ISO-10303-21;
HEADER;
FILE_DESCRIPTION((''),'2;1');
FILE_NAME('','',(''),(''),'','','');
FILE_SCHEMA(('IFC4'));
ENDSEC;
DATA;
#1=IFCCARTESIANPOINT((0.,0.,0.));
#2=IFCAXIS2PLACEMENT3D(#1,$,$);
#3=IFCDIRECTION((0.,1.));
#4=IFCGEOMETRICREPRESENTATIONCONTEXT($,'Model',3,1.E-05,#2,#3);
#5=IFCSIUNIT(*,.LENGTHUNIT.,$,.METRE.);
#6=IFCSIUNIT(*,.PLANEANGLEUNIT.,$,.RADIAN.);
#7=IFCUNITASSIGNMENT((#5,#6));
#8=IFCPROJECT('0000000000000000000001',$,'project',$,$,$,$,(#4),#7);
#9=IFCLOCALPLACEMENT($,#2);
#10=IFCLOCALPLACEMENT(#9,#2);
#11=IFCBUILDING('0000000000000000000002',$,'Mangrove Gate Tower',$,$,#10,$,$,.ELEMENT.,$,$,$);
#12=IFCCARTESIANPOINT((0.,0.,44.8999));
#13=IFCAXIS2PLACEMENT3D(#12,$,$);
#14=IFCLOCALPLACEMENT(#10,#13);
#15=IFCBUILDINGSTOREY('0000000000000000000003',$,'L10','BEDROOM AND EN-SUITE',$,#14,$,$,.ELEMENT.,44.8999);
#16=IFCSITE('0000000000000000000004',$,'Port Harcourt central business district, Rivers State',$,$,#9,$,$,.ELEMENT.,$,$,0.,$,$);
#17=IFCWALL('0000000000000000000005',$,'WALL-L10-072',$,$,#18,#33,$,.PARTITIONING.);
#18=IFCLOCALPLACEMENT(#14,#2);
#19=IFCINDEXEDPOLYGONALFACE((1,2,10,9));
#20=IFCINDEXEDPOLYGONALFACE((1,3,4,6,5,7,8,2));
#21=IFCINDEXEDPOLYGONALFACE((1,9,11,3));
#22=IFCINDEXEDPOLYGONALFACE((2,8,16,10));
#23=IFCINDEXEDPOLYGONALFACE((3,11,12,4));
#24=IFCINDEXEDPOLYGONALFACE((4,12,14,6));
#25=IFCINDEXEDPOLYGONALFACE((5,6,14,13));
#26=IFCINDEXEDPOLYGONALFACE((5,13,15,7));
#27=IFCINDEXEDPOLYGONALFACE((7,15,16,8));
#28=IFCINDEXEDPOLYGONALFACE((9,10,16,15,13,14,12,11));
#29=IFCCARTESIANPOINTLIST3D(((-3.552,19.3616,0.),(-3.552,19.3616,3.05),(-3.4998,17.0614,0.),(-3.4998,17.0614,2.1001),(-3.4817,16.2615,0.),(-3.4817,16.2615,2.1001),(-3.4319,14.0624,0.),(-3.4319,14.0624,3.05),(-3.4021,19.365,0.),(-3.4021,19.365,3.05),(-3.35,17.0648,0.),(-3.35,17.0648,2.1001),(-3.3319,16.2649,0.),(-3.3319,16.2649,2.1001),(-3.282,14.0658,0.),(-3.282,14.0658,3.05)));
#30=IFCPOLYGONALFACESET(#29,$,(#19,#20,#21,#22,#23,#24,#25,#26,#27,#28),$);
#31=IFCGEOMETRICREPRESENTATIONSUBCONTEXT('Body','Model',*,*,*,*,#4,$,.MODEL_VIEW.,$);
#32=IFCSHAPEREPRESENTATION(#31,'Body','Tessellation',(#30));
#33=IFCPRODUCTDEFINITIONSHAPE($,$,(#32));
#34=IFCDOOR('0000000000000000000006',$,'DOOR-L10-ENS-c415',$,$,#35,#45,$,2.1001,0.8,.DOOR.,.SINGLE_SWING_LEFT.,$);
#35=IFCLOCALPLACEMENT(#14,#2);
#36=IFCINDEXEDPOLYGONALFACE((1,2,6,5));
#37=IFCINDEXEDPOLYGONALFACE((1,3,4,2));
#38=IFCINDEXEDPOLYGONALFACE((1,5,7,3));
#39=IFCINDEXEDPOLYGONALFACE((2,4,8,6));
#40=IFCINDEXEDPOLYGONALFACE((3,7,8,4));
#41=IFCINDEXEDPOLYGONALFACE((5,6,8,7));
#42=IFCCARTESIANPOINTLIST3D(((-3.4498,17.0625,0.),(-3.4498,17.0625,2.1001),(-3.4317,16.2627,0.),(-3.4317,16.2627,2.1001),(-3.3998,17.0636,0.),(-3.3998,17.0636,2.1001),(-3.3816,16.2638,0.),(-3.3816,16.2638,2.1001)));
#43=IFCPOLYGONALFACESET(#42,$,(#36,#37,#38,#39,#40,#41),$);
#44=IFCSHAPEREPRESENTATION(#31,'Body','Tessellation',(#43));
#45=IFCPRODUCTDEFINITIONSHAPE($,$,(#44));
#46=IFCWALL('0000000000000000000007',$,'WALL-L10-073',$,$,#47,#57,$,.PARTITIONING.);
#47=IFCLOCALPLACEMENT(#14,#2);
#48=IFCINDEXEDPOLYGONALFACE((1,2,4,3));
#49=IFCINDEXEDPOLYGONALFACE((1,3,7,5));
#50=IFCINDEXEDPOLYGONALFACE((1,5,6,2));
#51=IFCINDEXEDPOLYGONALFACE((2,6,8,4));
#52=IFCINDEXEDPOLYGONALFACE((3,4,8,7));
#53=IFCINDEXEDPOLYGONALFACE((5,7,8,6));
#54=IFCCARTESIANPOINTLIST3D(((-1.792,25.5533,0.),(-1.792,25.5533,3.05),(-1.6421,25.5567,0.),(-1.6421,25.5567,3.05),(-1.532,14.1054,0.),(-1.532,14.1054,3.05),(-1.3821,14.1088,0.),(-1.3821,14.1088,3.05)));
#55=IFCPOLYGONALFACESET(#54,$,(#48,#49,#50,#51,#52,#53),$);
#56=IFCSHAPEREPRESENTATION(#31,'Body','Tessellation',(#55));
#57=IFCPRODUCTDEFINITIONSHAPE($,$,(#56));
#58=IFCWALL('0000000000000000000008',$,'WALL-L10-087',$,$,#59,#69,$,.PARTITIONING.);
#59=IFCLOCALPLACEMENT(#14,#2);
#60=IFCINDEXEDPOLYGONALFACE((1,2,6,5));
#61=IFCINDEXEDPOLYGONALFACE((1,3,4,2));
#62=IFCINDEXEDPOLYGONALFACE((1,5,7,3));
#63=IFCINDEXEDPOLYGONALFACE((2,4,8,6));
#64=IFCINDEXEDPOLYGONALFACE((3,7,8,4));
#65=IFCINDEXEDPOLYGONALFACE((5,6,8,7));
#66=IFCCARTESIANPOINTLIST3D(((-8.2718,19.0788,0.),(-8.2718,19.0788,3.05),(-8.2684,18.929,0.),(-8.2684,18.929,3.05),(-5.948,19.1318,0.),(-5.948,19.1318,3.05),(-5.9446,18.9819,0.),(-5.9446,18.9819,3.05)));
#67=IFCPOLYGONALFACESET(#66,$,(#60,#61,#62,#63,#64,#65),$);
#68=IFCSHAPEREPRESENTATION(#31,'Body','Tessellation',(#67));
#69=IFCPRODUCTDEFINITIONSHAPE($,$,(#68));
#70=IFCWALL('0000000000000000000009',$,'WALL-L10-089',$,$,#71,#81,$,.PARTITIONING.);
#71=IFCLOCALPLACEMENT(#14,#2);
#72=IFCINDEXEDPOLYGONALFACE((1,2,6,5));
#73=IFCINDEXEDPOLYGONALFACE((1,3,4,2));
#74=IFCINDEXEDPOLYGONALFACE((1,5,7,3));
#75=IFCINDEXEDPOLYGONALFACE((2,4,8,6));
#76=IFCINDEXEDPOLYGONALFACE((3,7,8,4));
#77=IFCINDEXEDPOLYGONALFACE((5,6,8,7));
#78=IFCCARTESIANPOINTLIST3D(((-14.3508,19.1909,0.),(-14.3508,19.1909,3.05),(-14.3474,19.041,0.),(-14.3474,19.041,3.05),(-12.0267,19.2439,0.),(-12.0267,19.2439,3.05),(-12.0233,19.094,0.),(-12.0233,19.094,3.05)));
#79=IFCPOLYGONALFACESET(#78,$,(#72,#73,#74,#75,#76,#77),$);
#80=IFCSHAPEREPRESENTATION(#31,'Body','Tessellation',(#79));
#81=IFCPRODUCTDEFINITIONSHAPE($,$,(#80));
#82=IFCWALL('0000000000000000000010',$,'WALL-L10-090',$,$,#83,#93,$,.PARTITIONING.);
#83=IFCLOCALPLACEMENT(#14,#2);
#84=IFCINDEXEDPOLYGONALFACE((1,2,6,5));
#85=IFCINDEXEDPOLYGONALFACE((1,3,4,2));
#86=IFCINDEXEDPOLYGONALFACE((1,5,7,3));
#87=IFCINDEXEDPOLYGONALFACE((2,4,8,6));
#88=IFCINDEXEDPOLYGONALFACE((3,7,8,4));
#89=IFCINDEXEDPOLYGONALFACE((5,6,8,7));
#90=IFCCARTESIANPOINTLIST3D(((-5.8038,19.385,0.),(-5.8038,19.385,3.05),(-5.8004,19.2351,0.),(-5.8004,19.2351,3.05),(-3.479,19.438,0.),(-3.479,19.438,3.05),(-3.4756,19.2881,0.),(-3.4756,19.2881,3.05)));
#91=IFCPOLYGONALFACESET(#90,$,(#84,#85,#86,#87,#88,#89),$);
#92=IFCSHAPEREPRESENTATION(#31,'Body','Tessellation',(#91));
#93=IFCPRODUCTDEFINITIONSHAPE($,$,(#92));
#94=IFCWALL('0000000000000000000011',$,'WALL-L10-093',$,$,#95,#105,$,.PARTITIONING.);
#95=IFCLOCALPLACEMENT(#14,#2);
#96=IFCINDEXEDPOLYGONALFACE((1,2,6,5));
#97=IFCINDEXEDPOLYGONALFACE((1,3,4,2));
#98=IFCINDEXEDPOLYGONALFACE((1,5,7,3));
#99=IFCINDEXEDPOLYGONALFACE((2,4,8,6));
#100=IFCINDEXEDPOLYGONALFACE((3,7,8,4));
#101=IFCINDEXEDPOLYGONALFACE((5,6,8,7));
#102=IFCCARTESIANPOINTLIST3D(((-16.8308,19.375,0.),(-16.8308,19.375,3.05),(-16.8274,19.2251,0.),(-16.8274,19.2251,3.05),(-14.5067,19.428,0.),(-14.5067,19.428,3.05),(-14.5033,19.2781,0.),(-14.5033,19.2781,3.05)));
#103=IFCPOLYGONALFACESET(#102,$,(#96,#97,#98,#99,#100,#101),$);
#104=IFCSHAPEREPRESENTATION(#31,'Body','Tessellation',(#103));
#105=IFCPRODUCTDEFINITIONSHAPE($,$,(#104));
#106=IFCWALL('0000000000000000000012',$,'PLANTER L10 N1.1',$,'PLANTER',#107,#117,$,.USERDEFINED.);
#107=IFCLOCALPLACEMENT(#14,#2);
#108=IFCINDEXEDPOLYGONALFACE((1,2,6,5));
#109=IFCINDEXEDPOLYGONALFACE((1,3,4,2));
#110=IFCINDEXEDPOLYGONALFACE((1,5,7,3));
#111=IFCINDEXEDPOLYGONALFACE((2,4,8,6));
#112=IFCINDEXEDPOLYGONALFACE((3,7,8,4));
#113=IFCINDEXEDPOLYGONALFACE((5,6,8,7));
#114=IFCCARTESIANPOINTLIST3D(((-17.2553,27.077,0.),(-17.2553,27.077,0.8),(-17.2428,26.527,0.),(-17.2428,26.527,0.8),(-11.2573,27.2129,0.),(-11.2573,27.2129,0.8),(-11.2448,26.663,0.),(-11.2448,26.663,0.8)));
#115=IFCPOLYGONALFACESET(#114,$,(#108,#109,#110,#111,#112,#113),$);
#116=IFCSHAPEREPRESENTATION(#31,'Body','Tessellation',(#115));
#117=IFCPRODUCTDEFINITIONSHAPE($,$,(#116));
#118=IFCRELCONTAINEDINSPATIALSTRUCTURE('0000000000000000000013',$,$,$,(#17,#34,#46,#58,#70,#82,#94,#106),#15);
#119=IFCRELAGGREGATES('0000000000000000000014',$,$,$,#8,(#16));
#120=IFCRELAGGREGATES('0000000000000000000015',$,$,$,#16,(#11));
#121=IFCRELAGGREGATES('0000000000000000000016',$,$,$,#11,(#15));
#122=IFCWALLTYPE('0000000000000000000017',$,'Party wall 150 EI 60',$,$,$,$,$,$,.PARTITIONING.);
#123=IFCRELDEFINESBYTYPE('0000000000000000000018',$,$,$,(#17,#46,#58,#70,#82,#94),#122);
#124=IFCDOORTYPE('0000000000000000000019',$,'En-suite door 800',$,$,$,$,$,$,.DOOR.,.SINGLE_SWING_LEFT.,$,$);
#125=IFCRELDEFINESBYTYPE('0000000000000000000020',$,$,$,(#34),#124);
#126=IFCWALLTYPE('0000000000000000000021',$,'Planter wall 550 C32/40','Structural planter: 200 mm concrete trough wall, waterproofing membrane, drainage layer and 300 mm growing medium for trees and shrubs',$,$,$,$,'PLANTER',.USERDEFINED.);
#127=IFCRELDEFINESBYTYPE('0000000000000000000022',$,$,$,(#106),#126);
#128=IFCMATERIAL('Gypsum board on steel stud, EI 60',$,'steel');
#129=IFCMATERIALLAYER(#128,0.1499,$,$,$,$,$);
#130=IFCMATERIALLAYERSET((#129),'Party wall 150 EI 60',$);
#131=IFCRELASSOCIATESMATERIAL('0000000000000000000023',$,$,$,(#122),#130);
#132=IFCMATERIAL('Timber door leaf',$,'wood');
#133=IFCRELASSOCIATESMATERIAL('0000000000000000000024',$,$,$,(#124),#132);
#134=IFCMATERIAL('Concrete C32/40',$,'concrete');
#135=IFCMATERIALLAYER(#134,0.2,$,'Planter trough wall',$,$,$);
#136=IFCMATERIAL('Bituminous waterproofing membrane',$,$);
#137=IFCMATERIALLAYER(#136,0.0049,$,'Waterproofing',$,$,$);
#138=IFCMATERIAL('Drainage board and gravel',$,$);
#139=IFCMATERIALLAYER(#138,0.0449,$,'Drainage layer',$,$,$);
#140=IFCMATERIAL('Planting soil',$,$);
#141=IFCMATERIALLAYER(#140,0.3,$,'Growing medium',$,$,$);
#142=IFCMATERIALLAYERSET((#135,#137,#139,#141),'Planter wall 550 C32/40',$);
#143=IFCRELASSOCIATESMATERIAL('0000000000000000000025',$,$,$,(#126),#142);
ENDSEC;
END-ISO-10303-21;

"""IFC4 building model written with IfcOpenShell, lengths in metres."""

from ifc_helpers import new_model, si_unit, direction, frame, frame_2d, origin, place, context, subcontext, project, spatial, rectangle, extrude, material, layer, layer_set, type_object, element, fill, save


model = new_model("IFC4")

# Units and contexts
model_context = context("Model", 3, precision=1e-05, world=origin(), true_north=direction((0.0, 1.0)))
body_context = subcontext(model_context, "Body", "Model", "MODEL_VIEW")
ifc_project = project(units=[si_unit("LENGTHUNIT", "METRE"), si_unit("PLANEANGLEUNIT", "RADIAN")], contexts=[model_context])

# Site, building, storey
site_placement = place(None, origin())
site = spatial("IfcSite", under=ifc_project, at=site_placement, Name="Port Harcourt central business district, Rivers State", CompositionType="ELEMENT", RefElevation=0.0)
building_placement = place(site_placement, origin())
building = spatial("IfcBuilding", under=site, at=building_placement, Name="Mangrove Gate Tower", CompositionType="ELEMENT")
storey_placement = place(building_placement, frame((0.0, 0.0, 44.8999)))
storey = spatial("IfcBuildingStorey", under=building, at=storey_placement, Name="L10", Description="BEDROOM AND EN-SUITE", CompositionType="ELEMENT", Elevation=44.8999)

# Shared definitions
ifc_material_1 = material(Name="Gypsum board on steel stud, EI 60", Category="steel")
ifc_layer_1 = layer(ifc_material_1, 0.1499)
ifc_layer_set_1 = layer_set([ifc_layer_1], Name="Party wall 150 EI 60")
wall_type_1 = type_object("IfcWallType", Name="Party wall 150 EI 60", PredefinedType="PARTITIONING", material=ifc_layer_set_1)

# Shared definitions
ifc_material_2 = material(Name="Timber door leaf", Category="wood")
door_type = type_object("IfcDoorType", Name="En-suite door 800", OperationType="SINGLE_SWING_LEFT", PredefinedType="DOOR", material=ifc_material_2)

# Wall, opening, door
wall_1_placement = place(storey_placement, frame((-3.3569, 14.064, 0.0), z_axis=(0.0, 0.0, 1.0), x_axis=(-0.022662, 0.999743, 0.0)))
wall_1 = element("IfcWall", 1, at=wall_1_placement, inside=storey, type_object=wall_type_1, Name="WALL-L10-072", PredefinedType="PARTITIONING", context=body_context, shape_type="SweptSolid", body=[
    extrude(rectangle(XDim=5.3005, YDim=0.1499, at=frame_2d((2.6504, 0.0))), origin(), (0.0, 0.0, 1.0), 3.05),
])
opening_1_placement = place(wall_1_placement, frame((2.2, 0.0, 0.0)))
opening_1 = element("IfcOpeningElement", 2, at=opening_1_placement, cuts=wall_1, PredefinedType="OPENING", context=body_context, shape_type="SweptSolid", body=[
    extrude(rectangle(XDim=0.8, YDim=2.1001, at=frame_2d((0.3999, 1.05))), frame((0.0, 0.085, 0.0), z_axis=(0.0, -1.0, 0.0), x_axis=(1.0, 0.0, 0.0)), (0.0, 0.0, 1.0), 0.1699),
])
door_1_placement = place(opening_1_placement, origin())
door_1 = element("IfcDoor", 3, at=door_1_placement, inside=storey, type_object=door_type, Name="DOOR-L10-ENS-c415", OperationType="SINGLE_SWING_LEFT", OverallHeight=2.1001, OverallWidth=0.8, PredefinedType="DOOR", context=body_context, shape_type="SweptSolid", body=[
    extrude(rectangle(XDim=0.8, YDim=2.1001, at=frame_2d((0.3999, 1.05))), frame((0.0, 0.0249, 0.0), z_axis=(0.0, -1.0, 0.0), x_axis=(1.0, 0.0, 0.0)), (0.0, 0.0, 1.0), 0.05),
])
fill(opening_1, door_1)

# Walls
wall_2_placement = place(storey_placement, frame((-1.457, 14.1069, 0.0), z_axis=(0.0, 0.0, 1.0), x_axis=(-0.022706, 0.999742, 0.0)))
element("IfcWall", 4, at=wall_2_placement, inside=storey, type_object=wall_type_1, Name="WALL-L10-073", PredefinedType="PARTITIONING", context=body_context, shape_type="SweptSolid", body=[
    extrude(rectangle(XDim=11.4509, YDim=0.1499, at=frame_2d((5.7256, 0.0))), origin(), (0.0, 0.0, 1.0), 3.05),
])
wall_3_placement = place(storey_placement, frame((-8.27, 19.0039, 0.0), z_axis=(0.0, 0.0, 1.0), x_axis=(0.99974, 0.022791, 0.0)))
element("IfcWall", 5, at=wall_3_placement, inside=storey, type_object=wall_type_1, Name="WALL-L10-087", PredefinedType="PARTITIONING", context=body_context, shape_type="SweptSolid", body=[
    extrude(rectangle(XDim=2.3245, YDim=0.1499, at=frame_2d((1.1621, 0.0))), origin(), (0.0, 0.0, 1.0), 3.05),
])
wall_4_placement = place(storey_placement, frame((-14.3491, 19.116, 0.0), z_axis=(0.0, 0.0, 1.0), x_axis=(0.99974, 0.022788, 0.0)))
element("IfcWall", 6, at=wall_4_placement, inside=storey, type_object=wall_type_1, Name="WALL-L10-089", PredefinedType="PARTITIONING", context=body_context, shape_type="SweptSolid", body=[
    extrude(rectangle(XDim=2.3247, YDim=0.1499, at=frame_2d((1.1624, 0.0))), origin(), (0.0, 0.0, 1.0), 3.05),
])
wall_5_placement = place(storey_placement, frame((-5.802, 19.3101, 0.0), z_axis=(0.0, 0.0, 1.0), x_axis=(0.99974, 0.022781, 0.0)))
element("IfcWall", 7, at=wall_5_placement, inside=storey, type_object=wall_type_1, Name="WALL-L10-090", PredefinedType="PARTITIONING", context=body_context, shape_type="SweptSolid", body=[
    extrude(rectangle(XDim=2.3254, YDim=0.1499, at=frame_2d((1.1626, 0.0))), origin(), (0.0, 0.0, 1.0), 3.05),
])
wall_6_placement = place(storey_placement, frame((-16.8291, 19.3, 0.0), z_axis=(0.0, 0.0, 1.0), x_axis=(0.99974, 0.022788, 0.0)))
element("IfcWall", 8, at=wall_6_placement, inside=storey, type_object=wall_type_1, Name="WALL-L10-093", PredefinedType="PARTITIONING", context=body_context, shape_type="SweptSolid", body=[
    extrude(rectangle(XDim=2.3247, YDim=0.1499, at=frame_2d((1.1624, 0.0))), origin(), (0.0, 0.0, 1.0), 3.05),
])
ifc_material_3 = material(Name="Concrete C32/40", Category="concrete")
ifc_layer_2 = layer(ifc_material_3, 0.2, Name="Planter trough wall")
ifc_material_4 = material(Name="Bituminous waterproofing membrane")
ifc_layer_3 = layer(ifc_material_4, 0.0049, Name="Waterproofing")
ifc_material_5 = material(Name="Drainage board and gravel")
ifc_layer_4 = layer(ifc_material_5, 0.0449, Name="Drainage layer")
ifc_material_6 = material(Name="Planting soil")
ifc_layer_5 = layer(ifc_material_6, 0.3, Name="Growing medium")
ifc_layer_set_2 = layer_set([ifc_layer_2, ifc_layer_3, ifc_layer_4, ifc_layer_5], Name="Planter wall 550 C32/40")
wall_type_2 = type_object("IfcWallType", Name="Planter wall 550 C32/40", Description="Structural planter: 200 mm concrete trough wall, waterproofing membrane, drainage layer and 300 mm growing medium for trees and shrubs", ElementType="PLANTER", PredefinedType="USERDEFINED", material=ifc_layer_set_2)
wall_7_placement = place(storey_placement, frame((-17.249, 26.802, 0.0), z_axis=(0.0, 0.0, 1.0), x_axis=(0.999743, 0.022666, 0.0)))
element("IfcWall", 9, at=wall_7_placement, inside=storey, type_object=wall_type_2, Name="PLANTER L10 N1.1", ObjectType="PLANTER", PredefinedType="USERDEFINED", context=body_context, shape_type="SweptSolid", body=[
    extrude(rectangle(XDim=5.9995, YDim=0.55, at=frame_2d((2.9998, 0.0))), origin(), (0.0, 0.0, 1.0), 0.8),
])

save(model, "model.ifc")
